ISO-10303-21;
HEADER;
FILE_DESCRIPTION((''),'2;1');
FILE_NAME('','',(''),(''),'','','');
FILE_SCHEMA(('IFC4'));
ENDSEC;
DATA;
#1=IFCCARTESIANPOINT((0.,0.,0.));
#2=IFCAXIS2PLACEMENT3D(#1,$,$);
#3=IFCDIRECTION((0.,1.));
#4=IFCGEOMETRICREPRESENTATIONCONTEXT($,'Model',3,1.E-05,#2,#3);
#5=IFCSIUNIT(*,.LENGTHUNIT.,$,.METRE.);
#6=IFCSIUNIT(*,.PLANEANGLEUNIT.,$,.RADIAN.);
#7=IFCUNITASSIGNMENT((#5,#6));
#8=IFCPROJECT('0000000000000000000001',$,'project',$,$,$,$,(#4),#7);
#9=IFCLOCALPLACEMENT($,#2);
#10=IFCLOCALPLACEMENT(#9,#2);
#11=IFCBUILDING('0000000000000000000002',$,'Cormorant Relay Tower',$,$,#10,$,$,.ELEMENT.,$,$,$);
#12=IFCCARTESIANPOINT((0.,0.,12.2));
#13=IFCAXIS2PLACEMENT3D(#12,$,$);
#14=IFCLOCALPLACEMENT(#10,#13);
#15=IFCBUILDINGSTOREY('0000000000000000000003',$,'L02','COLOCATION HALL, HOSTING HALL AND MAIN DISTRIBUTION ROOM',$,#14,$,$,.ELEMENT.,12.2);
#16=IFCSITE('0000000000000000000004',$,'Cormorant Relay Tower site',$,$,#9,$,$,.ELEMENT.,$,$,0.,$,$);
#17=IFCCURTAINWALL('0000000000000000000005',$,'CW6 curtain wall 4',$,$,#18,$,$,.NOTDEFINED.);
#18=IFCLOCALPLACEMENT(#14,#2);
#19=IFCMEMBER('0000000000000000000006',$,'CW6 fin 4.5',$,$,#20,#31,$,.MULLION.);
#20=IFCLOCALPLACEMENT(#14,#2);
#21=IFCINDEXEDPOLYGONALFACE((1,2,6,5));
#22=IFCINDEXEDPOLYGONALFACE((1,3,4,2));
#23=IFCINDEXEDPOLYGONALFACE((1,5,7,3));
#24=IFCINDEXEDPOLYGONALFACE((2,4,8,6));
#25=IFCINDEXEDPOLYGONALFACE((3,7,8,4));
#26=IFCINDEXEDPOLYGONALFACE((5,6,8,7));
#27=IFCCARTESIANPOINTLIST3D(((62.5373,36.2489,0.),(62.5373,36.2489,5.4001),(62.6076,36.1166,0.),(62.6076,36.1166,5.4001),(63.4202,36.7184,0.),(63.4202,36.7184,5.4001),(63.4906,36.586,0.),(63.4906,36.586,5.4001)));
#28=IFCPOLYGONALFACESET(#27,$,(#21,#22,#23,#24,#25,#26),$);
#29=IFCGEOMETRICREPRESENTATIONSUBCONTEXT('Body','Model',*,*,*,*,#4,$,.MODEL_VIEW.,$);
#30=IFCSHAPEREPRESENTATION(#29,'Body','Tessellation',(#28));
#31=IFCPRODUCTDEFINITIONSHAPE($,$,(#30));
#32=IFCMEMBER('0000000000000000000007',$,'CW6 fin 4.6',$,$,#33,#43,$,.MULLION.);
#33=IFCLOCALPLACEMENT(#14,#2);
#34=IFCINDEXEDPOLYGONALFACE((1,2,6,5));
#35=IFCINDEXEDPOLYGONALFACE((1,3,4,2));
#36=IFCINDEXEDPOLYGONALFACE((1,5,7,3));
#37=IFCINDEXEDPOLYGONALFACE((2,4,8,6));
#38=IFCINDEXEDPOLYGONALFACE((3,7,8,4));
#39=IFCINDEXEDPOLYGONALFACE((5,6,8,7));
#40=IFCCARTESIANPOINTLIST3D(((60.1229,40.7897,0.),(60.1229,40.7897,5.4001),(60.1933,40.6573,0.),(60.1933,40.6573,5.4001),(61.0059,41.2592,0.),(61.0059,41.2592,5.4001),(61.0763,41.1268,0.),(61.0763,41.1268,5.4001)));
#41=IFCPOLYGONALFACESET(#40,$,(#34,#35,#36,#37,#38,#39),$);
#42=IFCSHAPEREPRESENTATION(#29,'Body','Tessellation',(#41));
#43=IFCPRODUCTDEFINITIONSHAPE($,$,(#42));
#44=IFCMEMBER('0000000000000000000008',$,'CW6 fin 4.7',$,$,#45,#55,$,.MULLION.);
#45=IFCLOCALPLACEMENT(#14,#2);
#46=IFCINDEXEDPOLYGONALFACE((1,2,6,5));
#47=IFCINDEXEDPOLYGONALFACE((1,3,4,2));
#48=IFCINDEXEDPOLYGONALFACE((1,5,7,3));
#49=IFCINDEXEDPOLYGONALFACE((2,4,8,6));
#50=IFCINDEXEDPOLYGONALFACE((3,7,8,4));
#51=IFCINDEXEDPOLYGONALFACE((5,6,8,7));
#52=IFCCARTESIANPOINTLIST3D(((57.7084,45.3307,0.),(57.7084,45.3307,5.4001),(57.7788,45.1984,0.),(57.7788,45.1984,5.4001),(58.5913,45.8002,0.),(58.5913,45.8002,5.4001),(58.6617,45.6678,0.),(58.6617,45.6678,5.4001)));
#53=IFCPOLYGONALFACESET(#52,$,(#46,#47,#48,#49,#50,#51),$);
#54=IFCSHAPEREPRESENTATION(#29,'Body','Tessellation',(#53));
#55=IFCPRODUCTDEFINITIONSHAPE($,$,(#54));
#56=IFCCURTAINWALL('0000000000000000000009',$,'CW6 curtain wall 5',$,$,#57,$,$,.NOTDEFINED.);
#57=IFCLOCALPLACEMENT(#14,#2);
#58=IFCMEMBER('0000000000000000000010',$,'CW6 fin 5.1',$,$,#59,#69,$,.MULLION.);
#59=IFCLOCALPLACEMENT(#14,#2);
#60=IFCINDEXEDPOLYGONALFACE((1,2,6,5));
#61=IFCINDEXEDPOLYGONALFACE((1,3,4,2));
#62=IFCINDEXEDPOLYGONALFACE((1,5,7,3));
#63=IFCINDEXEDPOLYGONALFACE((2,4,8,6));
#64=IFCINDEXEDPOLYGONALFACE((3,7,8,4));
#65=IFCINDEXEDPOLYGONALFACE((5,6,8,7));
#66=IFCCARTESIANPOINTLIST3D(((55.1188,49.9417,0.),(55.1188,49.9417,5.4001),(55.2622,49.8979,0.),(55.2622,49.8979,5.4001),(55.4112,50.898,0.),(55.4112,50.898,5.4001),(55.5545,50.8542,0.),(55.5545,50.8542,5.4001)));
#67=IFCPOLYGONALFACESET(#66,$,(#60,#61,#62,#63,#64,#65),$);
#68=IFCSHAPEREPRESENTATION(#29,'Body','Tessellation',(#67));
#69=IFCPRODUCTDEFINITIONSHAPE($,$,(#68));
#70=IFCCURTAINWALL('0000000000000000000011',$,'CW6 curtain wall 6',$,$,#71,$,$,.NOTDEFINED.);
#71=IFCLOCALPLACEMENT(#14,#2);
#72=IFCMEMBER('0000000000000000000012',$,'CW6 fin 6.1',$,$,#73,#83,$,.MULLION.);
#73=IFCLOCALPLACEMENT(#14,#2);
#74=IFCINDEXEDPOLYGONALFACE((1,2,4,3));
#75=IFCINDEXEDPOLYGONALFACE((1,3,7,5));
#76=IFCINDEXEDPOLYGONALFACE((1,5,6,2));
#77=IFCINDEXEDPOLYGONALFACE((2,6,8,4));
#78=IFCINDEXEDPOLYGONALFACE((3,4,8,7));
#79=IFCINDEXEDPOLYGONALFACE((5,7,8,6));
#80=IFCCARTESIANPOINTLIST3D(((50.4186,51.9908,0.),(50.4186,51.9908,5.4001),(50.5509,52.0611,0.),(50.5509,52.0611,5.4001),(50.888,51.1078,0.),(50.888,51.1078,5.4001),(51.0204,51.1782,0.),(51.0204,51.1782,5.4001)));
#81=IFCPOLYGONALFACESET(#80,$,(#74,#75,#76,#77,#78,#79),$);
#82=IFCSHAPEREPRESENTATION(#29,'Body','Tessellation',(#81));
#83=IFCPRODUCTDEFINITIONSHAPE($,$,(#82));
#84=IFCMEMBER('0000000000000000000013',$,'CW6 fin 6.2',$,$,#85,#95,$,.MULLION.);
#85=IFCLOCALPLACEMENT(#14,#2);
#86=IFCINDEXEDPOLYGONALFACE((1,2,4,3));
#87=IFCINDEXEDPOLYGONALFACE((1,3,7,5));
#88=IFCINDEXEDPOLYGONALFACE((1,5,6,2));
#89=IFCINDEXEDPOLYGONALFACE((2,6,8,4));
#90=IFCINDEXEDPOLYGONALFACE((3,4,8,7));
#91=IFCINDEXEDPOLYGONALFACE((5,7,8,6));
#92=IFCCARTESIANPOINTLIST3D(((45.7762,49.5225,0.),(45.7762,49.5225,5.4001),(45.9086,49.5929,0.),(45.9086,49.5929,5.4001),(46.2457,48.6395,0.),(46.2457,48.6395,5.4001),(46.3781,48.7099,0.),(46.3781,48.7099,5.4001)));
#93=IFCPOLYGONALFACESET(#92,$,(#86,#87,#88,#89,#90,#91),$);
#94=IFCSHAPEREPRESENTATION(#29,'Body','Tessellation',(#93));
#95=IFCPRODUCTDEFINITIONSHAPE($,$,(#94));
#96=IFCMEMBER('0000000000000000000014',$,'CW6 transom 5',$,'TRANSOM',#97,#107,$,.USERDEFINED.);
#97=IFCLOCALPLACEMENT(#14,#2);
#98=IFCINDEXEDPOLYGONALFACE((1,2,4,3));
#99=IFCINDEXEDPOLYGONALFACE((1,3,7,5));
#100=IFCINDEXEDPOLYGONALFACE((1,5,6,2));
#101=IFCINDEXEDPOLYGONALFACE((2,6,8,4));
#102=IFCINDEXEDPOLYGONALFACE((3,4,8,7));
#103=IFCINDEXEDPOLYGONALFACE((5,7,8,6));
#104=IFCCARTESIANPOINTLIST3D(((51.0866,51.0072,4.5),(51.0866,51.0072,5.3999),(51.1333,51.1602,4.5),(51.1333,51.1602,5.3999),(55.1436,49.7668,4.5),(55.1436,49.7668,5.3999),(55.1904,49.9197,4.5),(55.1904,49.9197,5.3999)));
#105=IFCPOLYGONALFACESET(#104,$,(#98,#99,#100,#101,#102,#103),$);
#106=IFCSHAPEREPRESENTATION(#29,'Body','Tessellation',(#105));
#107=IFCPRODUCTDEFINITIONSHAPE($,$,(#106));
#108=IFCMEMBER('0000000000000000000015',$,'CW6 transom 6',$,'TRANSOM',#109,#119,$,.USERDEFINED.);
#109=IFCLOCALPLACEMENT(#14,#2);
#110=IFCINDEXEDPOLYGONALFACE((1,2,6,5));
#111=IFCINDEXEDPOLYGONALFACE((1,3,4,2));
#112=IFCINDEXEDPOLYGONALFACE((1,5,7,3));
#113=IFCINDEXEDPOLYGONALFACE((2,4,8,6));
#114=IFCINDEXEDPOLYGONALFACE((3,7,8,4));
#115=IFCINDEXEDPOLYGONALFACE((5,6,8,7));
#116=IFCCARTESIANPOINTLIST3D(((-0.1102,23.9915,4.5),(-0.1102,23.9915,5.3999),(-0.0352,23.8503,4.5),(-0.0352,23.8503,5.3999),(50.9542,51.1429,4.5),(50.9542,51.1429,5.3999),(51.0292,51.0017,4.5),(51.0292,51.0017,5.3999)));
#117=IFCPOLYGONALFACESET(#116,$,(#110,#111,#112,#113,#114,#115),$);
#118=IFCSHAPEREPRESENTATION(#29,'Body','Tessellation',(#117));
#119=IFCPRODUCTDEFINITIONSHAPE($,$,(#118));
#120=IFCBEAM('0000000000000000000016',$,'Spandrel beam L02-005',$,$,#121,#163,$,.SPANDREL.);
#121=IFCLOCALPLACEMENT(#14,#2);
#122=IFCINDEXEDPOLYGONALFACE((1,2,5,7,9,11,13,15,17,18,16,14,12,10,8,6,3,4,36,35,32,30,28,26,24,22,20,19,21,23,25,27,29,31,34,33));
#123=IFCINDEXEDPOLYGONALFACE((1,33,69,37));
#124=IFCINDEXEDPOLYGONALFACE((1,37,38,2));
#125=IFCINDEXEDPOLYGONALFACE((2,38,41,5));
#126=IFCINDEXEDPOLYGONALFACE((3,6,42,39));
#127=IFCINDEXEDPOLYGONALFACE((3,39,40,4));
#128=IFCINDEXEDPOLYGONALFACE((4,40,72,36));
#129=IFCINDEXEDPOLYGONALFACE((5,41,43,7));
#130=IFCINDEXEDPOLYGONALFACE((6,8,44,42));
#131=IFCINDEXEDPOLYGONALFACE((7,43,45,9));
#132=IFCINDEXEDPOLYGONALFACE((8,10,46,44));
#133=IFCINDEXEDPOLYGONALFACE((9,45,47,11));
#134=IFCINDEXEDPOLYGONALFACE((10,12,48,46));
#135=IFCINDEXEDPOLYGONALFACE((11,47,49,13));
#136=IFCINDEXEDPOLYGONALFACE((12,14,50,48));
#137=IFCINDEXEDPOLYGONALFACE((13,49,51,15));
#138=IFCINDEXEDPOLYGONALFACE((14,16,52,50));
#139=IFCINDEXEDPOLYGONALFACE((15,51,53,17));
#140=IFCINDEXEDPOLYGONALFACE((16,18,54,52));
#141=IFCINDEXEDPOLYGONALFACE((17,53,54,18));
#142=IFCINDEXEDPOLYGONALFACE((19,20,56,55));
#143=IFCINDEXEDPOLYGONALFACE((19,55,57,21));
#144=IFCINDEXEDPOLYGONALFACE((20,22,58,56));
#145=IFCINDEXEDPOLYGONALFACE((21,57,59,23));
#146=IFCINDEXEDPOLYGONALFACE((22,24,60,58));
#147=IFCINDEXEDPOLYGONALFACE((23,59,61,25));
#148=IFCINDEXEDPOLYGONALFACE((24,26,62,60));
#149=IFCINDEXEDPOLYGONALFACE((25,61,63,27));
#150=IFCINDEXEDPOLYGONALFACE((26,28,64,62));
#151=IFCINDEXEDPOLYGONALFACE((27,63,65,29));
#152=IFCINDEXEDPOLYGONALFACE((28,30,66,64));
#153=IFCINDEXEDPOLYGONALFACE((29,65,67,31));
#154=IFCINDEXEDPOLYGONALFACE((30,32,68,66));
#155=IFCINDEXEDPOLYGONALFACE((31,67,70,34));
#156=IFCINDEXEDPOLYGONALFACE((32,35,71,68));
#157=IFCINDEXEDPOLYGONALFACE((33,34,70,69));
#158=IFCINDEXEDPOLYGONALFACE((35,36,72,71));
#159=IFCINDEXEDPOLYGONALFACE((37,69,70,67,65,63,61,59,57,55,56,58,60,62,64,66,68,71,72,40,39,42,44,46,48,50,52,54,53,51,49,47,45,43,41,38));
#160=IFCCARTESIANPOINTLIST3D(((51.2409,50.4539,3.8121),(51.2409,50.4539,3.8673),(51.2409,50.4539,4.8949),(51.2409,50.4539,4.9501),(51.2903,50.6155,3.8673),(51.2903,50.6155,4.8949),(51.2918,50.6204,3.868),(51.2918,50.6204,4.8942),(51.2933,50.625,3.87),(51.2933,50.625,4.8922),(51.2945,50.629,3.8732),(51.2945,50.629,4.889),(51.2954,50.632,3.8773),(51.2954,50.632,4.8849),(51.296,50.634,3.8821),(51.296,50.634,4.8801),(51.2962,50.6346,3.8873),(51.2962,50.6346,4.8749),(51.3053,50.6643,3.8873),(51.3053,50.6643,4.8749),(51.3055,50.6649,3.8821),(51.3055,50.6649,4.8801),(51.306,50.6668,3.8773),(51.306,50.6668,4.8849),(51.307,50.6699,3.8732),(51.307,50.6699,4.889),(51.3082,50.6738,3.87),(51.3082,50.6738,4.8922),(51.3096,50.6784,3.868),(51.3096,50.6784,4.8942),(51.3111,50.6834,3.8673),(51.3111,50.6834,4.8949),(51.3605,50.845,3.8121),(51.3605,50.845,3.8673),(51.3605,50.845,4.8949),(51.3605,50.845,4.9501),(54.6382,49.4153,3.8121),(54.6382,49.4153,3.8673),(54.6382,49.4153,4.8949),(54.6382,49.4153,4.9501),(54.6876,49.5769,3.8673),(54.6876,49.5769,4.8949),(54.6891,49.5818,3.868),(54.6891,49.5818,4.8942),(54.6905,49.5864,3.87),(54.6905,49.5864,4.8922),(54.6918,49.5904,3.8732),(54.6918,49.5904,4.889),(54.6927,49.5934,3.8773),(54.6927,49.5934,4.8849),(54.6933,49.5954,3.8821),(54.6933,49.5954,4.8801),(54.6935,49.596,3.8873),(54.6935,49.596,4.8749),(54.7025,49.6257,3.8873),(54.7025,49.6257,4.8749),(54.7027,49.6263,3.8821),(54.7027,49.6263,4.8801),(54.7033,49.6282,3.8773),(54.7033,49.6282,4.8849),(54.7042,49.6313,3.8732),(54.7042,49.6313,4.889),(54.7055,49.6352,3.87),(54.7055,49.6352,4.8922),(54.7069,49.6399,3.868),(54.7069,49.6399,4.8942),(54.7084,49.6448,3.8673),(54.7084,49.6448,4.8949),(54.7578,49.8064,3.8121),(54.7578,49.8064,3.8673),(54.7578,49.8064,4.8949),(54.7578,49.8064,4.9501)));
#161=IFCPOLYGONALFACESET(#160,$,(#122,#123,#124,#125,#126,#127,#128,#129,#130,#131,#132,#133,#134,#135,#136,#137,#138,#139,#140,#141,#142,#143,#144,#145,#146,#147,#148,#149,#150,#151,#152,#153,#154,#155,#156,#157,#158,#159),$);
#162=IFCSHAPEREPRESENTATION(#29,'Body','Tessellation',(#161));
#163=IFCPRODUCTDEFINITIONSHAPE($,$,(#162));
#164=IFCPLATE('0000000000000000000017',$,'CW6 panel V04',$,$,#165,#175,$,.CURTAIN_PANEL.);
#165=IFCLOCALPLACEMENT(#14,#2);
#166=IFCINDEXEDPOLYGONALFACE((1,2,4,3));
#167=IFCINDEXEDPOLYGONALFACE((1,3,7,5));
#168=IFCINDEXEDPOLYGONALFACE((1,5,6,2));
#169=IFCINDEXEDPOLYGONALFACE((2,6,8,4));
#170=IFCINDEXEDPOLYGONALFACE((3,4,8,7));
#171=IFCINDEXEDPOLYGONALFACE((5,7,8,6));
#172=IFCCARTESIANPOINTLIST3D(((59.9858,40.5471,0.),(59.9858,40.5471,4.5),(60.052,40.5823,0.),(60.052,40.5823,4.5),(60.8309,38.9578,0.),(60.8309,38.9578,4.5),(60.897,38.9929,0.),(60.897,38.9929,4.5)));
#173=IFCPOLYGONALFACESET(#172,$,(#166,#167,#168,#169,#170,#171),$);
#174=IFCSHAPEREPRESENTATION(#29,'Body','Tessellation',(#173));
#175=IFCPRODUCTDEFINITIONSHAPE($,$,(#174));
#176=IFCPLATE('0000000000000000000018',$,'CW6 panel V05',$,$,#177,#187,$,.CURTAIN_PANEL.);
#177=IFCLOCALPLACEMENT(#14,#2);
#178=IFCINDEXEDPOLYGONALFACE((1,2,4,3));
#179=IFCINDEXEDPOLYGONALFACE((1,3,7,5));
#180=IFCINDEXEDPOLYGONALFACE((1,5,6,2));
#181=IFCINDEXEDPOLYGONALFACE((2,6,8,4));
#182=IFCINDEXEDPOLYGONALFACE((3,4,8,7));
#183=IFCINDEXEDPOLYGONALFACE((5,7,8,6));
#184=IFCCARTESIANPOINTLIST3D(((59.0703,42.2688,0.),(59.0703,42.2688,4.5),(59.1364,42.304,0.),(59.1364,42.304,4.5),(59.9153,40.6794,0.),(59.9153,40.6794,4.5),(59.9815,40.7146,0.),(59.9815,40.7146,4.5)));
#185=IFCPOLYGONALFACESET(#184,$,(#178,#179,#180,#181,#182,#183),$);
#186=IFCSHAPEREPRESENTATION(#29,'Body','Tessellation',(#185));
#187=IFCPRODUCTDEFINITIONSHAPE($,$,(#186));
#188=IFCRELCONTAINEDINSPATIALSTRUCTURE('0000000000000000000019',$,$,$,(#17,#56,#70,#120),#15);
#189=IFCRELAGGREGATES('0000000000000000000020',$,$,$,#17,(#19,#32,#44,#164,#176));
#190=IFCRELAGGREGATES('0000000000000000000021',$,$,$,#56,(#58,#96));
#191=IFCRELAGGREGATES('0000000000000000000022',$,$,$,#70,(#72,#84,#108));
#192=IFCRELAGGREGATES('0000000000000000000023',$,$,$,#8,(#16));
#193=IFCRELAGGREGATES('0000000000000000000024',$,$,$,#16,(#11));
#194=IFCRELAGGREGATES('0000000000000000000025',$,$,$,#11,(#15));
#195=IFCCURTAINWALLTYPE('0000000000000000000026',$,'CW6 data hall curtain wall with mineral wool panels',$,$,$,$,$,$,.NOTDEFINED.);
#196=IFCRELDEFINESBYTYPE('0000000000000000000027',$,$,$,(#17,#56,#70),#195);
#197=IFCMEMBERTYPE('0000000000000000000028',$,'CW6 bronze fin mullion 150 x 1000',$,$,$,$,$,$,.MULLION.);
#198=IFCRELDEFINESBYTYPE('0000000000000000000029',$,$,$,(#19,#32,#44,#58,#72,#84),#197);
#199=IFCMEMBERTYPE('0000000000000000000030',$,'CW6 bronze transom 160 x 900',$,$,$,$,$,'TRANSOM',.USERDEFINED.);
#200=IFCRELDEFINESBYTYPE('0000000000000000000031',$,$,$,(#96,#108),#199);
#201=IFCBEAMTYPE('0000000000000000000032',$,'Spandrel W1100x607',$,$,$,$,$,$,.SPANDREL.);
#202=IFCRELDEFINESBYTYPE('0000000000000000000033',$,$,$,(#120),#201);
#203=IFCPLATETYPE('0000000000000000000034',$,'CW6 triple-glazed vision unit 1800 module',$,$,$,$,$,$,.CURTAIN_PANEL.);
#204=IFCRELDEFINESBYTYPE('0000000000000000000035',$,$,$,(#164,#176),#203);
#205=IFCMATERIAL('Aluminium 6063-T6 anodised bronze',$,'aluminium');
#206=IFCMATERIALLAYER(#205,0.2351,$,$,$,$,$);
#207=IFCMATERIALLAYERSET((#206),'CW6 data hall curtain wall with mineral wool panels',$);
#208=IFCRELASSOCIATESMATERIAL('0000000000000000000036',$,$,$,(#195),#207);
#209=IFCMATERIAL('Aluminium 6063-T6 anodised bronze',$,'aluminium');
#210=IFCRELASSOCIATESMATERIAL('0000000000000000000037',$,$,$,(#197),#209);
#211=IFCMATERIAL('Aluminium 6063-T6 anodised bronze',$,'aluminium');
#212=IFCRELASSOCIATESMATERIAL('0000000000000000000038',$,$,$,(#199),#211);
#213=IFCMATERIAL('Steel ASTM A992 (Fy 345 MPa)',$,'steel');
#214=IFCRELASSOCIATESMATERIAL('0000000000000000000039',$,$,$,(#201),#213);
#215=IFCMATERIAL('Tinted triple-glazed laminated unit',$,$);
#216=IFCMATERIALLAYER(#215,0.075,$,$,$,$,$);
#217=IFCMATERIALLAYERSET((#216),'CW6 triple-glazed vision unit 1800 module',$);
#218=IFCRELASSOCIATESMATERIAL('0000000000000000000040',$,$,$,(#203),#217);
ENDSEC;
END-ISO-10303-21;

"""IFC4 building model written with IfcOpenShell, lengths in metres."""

from ifc_helpers import new_model, si_unit, direction, frame, origin, origin_2d, place, context, subcontext, project, spatial, rectangle, i_section, extrude, material, layer, layer_set, material_profile, profile_set, type_object, element, aggregate, save


model = new_model("IFC4")

# Units and contexts
model_context = context("Model", 3, precision=1e-05, world=origin(), true_north=direction((0.0, 1.0)))
body_context = subcontext(model_context, "Body", "Model", "MODEL_VIEW")
ifc_project = project(units=[si_unit("LENGTHUNIT", "METRE"), si_unit("PLANEANGLEUNIT", "RADIAN")], contexts=[model_context])

# Site, building, storey
site_placement = place(None, origin())
site = spatial("IfcSite", under=ifc_project, at=site_placement, Name="Cormorant Relay Tower site", CompositionType="ELEMENT", RefElevation=0.0)
building_placement = place(site_placement, origin())
building = spatial("IfcBuilding", under=site, at=building_placement, Name="Cormorant Relay Tower", CompositionType="ELEMENT")
storey_placement = place(building_placement, frame((0.0, 0.0, 12.2)))
storey = spatial("IfcBuildingStorey", under=building, at=storey_placement, Name="L02", Description="COLOCATION HALL, HOSTING HALL AND MAIN DISTRIBUTION ROOM", CompositionType="ELEMENT", Elevation=12.2)

# Curtain wall, members
ifc_material_1 = material(Name="Aluminium 6063-T6 anodised bronze", Category="aluminium")
ifc_layer_1 = layer(ifc_material_1, 0.2351)
ifc_layer_set_1 = layer_set([ifc_layer_1], Name="CW6 data hall curtain wall with mineral wool panels")
curtain_wall_type = type_object("IfcCurtainWallType", Name="CW6 data hall curtain wall with mineral wool panels", PredefinedType="NOTDEFINED", material=ifc_layer_set_1)
curtain_wall_1_placement = place(storey_placement, origin())
curtain_wall_1 = element("IfcCurtainWall", 1, at=curtain_wall_1_placement, inside=storey, type_object=curtain_wall_type, Name="CW6 curtain wall 4", PredefinedType="NOTDEFINED")
ifc_material_2 = material(Name="Aluminium 6063-T6 anodised bronze", Category="aluminium")
ifc_material_profile_1 = material_profile(ifc_material_2, rectangle(XDim=0.1499, YDim=1.0, at=origin_2d()), Name="AL 150x1000")
ifc_profile_set_1 = profile_set([ifc_material_profile_1], Name="Aluminium 6063-T6 anodised bronze")
member_type_1 = type_object("IfcMemberType", Name="CW6 bronze fin mullion 150 x 1000", PredefinedType="MULLION", material=ifc_profile_set_1)
member_1_placement = place(storey_placement, frame((63.0139, 36.4175, 0.0), z_axis=(0.0, 0.0, 1.0), x_axis=(-0.469472, 0.882948, 0.0)))
member_1 = element("IfcMember", 2, at=member_1_placement, type_object=member_type_1, Name="CW6 fin 4.5", PredefinedType="MULLION", context=body_context, shape_type="SweptSolid", body=[
    extrude(rectangle(XDim=0.1499, YDim=1.0, at=origin_2d()), origin(), (0.0, 0.0, 1.0), 5.4001),
])
member_2_placement = place(storey_placement, frame((60.5996, 40.9583, 0.0), z_axis=(0.0, 0.0, 1.0), x_axis=(-0.469472, 0.882948, 0.0)))
member_2 = element("IfcMember", 3, at=member_2_placement, type_object=member_type_1, Name="CW6 fin 4.6", PredefinedType="MULLION", context=body_context, shape_type="SweptSolid", body=[
    extrude(rectangle(XDim=0.1499, YDim=1.0, at=origin_2d()), origin(), (0.0, 0.0, 1.0), 5.4001),
])
member_3_placement = place(storey_placement, frame((58.1851, 45.4993, 0.0), z_axis=(0.0, 0.0, 1.0), x_axis=(-0.469472, 0.882948, 0.0)))
member_3 = element("IfcMember", 4, at=member_3_placement, type_object=member_type_1, Name="CW6 fin 4.7", PredefinedType="MULLION", context=body_context, shape_type="SweptSolid", body=[
    extrude(rectangle(XDim=0.1499, YDim=1.0, at=origin_2d()), origin(), (0.0, 0.0, 1.0), 5.4001),
])

# Curtain wall, member
curtain_wall_2_placement = place(storey_placement, origin())
curtain_wall_2 = element("IfcCurtainWall", 5, at=curtain_wall_2_placement, inside=storey, type_object=curtain_wall_type, Name="CW6 curtain wall 5", PredefinedType="NOTDEFINED")
member_4_placement = place(storey_placement, frame((55.3367, 50.3979, 0.0), z_axis=(0.0, 0.0, 1.0), x_axis=(-0.956305, 0.292372, 0.0)))
member_4 = element("IfcMember", 6, at=member_4_placement, type_object=member_type_1, Name="CW6 fin 5.1", PredefinedType="MULLION", context=body_context, shape_type="SweptSolid", body=[
    extrude(rectangle(XDim=0.1499, YDim=1.0, at=origin_2d()), origin(), (0.0, 0.0, 1.0), 5.4001),
])

# Curtain wall, members
curtain_wall_3_placement = place(storey_placement, origin())
curtain_wall_3 = element("IfcCurtainWall", 7, at=curtain_wall_3_placement, inside=storey, type_object=curtain_wall_type, Name="CW6 curtain wall 6", PredefinedType="NOTDEFINED")
member_5_placement = place(storey_placement, frame((50.7195, 51.5845, 0.0), z_axis=(0.0, 0.0, 1.0), x_axis=(-0.882948, -0.469472, 0.0)))
member_5 = element("IfcMember", 8, at=member_5_placement, type_object=member_type_1, Name="CW6 fin 6.1", PredefinedType="MULLION", context=body_context, shape_type="SweptSolid", body=[
    extrude(rectangle(XDim=0.1499, YDim=1.0, at=origin_2d()), origin(), (0.0, 0.0, 1.0), 5.4001),
])
member_6_placement = place(storey_placement, frame((46.0771, 49.1162, 0.0), z_axis=(0.0, 0.0, 1.0), x_axis=(-0.882948, -0.469472, 0.0)))
member_6 = element("IfcMember", 9, at=member_6_placement, type_object=member_type_1, Name="CW6 fin 6.2", PredefinedType="MULLION", context=body_context, shape_type="SweptSolid", body=[
    extrude(rectangle(XDim=0.1499, YDim=1.0, at=origin_2d()), origin(), (0.0, 0.0, 1.0), 5.4001),
])

# Members
ifc_material_3 = material(Name="Aluminium 6063-T6 anodised bronze", Category="aluminium")
ifc_material_profile_2 = material_profile(ifc_material_3, rectangle(XDim=0.1599, YDim=0.8999, at=origin_2d()), Name="AL 160x900")
ifc_profile_set_2 = profile_set([ifc_material_profile_2], Name="Aluminium 6063-T6 anodised bronze")
member_type_2 = type_object("IfcMemberType", Name="CW6 bronze transom 160 x 900", ElementType="TRANSOM", PredefinedType="USERDEFINED", material=ifc_profile_set_2)
member_7_placement = place(storey_placement, frame((55.167, 49.8433, 4.95), z_axis=(-0.956299, 0.292391, 0.0), x_axis=(-0.292391, -0.956299, 0.0)))
member_7 = element("IfcMember", 10, at=member_7_placement, type_object=member_type_2, Name="CW6 transom 5", ObjectType="TRANSOM", PredefinedType="USERDEFINED", context=body_context, shape_type="SweptSolid", body=[
    extrude(rectangle(XDim=0.1599, YDim=0.8999, at=origin_2d()), origin(), (0.0, 0.0, 1.0), 4.2424),
])
member_8_placement = place(storey_placement, frame((50.9917, 51.0723, 4.95), z_axis=(-0.882948, -0.46947, 0.0), x_axis=(0.46947, -0.882948, 0.0)))
member_8 = element("IfcMember", 11, at=member_8_placement, type_object=member_type_2, Name="CW6 transom 6", ObjectType="TRANSOM", PredefinedType="USERDEFINED", context=body_context, shape_type="SweptSolid", body=[
    extrude(rectangle(XDim=0.1599, YDim=0.8999, at=origin_2d()), origin(), (0.0, 0.0, 1.0), 57.834),
])

# Beam
ifc_material_4 = material(Name="Steel ASTM A992 (Fy 345 MPa)", Category="steel")
ifc_material_profile_3 = material_profile(ifc_material_4, i_section(OverallWidth=0.4089, OverallDepth=1.1379, WebThickness=0.031, FlangeThickness=0.0552, FilletRadius=0.02, at=origin_2d()), Name="W1100x607")
ifc_profile_set_3 = profile_set([ifc_material_profile_3], Name="Steel ASTM A992 (Fy 345 MPa)")
beam_type = type_object("IfcBeamType", Name="Spandrel W1100x607", PredefinedType="SPANDREL", material=ifc_profile_set_3)
beam_placement = place(storey_placement, frame((54.698, 49.6108, 4.3811), z_axis=(-0.956309, 0.292356, 0.0), x_axis=(-0.292356, -0.956309, 0.0)))
element("IfcBeam", 12, at=beam_placement, inside=storey, type_object=beam_type, Name="Spandrel beam L02-005", PredefinedType="SPANDREL", context=body_context, shape_type="SweptSolid", body=[
    extrude(i_section(OverallWidth=0.4089, OverallDepth=1.1379, WebThickness=0.031, FlangeThickness=0.0552, FilletRadius=0.02, at=origin_2d()), origin(), (0.0, 0.0, 1.0), 3.5525),
])

# Plates
ifc_material_5 = material(Name="Tinted triple-glazed laminated unit")
ifc_layer_2 = layer(ifc_material_5, 0.075)
ifc_layer_set_2 = layer_set([ifc_layer_2], Name="CW6 triple-glazed vision unit 1800 module")
plate_type = type_object("IfcPlateType", Name="CW6 triple-glazed vision unit 1800 module", PredefinedType="CURTAIN_PANEL", material=ifc_layer_set_2)
plate_1_placement = place(storey_placement, frame((60.4414, 39.77, 0.0), z_axis=(0.0, 0.0, 1.0), x_axis=(-0.469472, 0.882948, 0.0)))
plate_1 = element("IfcPlate", 13, at=plate_1_placement, type_object=plate_type, Name="CW6 panel V04", PredefinedType="CURTAIN_PANEL", context=body_context, shape_type="SweptSolid", body=[
    extrude(rectangle(XDim=1.8, YDim=0.075, at=origin_2d()), origin(), (0.0, 0.0, 1.0), 4.5),
])
plate_2_placement = place(storey_placement, frame((59.5259, 41.4917, 0.0), z_axis=(0.0, 0.0, 1.0), x_axis=(-0.469472, 0.882948, 0.0)))
plate_2 = element("IfcPlate", 14, at=plate_2_placement, type_object=plate_type, Name="CW6 panel V05", PredefinedType="CURTAIN_PANEL", context=body_context, shape_type="SweptSolid", body=[
    extrude(rectangle(XDim=1.8, YDim=0.075, at=origin_2d()), origin(), (0.0, 0.0, 1.0), 4.5),
])

aggregate(curtain_wall_1, [member_1, member_2, member_3, plate_1, plate_2])
aggregate(curtain_wall_2, [member_4, member_7])
aggregate(curtain_wall_3, [member_5, member_6, member_8])

save(model, "model.ifc")
